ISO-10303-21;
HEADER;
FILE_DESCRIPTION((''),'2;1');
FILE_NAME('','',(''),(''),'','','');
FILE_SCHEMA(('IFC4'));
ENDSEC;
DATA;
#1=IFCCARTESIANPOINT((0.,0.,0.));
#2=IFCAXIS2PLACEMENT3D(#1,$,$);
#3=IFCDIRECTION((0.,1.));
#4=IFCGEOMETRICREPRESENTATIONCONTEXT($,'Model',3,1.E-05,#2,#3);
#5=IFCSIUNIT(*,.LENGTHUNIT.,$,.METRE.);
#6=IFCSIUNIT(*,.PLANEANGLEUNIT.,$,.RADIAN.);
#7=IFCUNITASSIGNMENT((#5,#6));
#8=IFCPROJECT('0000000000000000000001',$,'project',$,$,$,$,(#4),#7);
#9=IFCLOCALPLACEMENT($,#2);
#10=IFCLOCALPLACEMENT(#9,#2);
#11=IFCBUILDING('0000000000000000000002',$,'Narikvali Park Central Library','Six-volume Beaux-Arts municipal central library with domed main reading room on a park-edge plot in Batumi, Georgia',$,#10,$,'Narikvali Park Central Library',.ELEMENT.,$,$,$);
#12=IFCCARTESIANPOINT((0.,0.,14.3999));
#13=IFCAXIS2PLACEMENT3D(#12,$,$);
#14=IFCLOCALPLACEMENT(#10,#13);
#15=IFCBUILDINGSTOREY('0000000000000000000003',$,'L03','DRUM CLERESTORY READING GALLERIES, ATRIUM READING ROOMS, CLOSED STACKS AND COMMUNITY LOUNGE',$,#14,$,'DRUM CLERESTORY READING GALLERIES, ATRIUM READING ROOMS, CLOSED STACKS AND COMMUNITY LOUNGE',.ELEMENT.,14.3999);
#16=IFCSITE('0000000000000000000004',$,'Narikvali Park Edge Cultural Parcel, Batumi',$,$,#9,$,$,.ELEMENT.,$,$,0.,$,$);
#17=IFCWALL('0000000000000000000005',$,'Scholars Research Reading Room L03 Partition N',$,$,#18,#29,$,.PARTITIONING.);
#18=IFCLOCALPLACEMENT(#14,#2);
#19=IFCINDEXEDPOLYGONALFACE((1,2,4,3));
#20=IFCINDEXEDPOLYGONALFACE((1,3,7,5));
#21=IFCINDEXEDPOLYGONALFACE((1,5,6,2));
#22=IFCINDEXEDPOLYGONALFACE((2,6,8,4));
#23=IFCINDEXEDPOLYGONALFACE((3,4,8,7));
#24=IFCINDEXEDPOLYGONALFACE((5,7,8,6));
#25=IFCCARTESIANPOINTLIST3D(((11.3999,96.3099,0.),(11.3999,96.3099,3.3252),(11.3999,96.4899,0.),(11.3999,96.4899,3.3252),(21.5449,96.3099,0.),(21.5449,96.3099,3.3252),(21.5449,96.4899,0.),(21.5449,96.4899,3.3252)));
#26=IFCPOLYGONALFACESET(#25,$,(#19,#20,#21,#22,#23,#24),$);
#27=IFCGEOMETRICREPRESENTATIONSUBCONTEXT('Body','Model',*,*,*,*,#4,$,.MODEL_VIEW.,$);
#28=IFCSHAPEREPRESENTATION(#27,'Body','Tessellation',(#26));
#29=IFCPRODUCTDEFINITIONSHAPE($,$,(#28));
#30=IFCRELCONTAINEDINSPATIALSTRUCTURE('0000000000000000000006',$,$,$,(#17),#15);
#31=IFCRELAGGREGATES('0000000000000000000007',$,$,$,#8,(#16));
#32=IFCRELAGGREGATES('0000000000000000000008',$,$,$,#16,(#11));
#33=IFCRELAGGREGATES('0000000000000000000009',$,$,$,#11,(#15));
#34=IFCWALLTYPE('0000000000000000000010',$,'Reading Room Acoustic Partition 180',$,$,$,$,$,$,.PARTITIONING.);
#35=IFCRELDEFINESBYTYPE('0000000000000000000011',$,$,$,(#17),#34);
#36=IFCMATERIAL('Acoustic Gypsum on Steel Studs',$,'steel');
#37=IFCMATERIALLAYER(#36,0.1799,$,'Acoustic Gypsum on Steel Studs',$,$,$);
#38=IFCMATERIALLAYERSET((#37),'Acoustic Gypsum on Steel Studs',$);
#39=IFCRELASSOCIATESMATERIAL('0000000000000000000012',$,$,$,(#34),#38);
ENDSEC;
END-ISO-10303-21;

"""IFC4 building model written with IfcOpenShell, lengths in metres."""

from ifc_helpers import new_model, si_unit, direction, frame, frame_2d, origin, place, context, subcontext, project, spatial, rectangle, extrude, material, layer, layer_set, type_object, element, save


model = new_model("IFC4")

# Units and contexts
model_context = context("Model", 3, precision=1e-05, world=origin(), true_north=direction((0.0, 1.0)))
body_context = subcontext(model_context, "Body", "Model", "MODEL_VIEW")
ifc_project = project(units=[si_unit("LENGTHUNIT", "METRE"), si_unit("PLANEANGLEUNIT", "RADIAN")], contexts=[model_context])

# Site, building, storey
site_placement = place(None, origin())
site = spatial("IfcSite", under=ifc_project, at=site_placement, Name="Narikvali Park Edge Cultural Parcel, Batumi", CompositionType="ELEMENT", RefElevation=0.0)
building_placement = place(site_placement, origin())
building = spatial("IfcBuilding", under=site, at=building_placement, Name="Narikvali Park Central Library", Description="Six-volume Beaux-Arts municipal central library with domed main reading room on a park-edge plot in Batumi, Georgia", LongName="Narikvali Park Central Library", CompositionType="ELEMENT")
storey_placement = place(building_placement, frame((0.0, 0.0, 14.3999)))
storey = spatial("IfcBuildingStorey", under=building, at=storey_placement, Name="L03", Description="DRUM CLERESTORY READING GALLERIES, ATRIUM READING ROOMS, CLOSED STACKS AND COMMUNITY LOUNGE", LongName="DRUM CLERESTORY READING GALLERIES, ATRIUM READING ROOMS, CLOSED STACKS AND COMMUNITY LOUNGE", CompositionType="ELEMENT", Elevation=14.3999)

# Wall
ifc_material_1 = material(Name="Acoustic Gypsum on Steel Studs", Category="steel")
ifc_layer_1 = layer(ifc_material_1, 0.1799, Name="Acoustic Gypsum on Steel Studs")
ifc_layer_set_1 = layer_set([ifc_layer_1], Name="Acoustic Gypsum on Steel Studs")
wall_type_1 = type_object("IfcWallType", Name="Reading Room Acoustic Partition 180", PredefinedType="PARTITIONING", material=ifc_layer_set_1)
wall_placement = place(storey_placement, frame((11.3999, 96.3999, 0.0), z_axis=(0.0, 0.0, 1.0), x_axis=(1.0, 0.0, 0.0)))
element("IfcWall", 1, at=wall_placement, inside=storey, type_object=wall_type_1, Name="Scholars Research Reading Room L03 Partition N", PredefinedType="PARTITIONING", context=body_context, shape_type="SweptSolid", body=[
    extrude(rectangle(XDim=10.145, YDim=0.1799, at=frame_2d((5.0725, 0.0))), origin(), (0.0, 0.0, 1.0), 3.3252),
])

save(model, "model.ifc")
